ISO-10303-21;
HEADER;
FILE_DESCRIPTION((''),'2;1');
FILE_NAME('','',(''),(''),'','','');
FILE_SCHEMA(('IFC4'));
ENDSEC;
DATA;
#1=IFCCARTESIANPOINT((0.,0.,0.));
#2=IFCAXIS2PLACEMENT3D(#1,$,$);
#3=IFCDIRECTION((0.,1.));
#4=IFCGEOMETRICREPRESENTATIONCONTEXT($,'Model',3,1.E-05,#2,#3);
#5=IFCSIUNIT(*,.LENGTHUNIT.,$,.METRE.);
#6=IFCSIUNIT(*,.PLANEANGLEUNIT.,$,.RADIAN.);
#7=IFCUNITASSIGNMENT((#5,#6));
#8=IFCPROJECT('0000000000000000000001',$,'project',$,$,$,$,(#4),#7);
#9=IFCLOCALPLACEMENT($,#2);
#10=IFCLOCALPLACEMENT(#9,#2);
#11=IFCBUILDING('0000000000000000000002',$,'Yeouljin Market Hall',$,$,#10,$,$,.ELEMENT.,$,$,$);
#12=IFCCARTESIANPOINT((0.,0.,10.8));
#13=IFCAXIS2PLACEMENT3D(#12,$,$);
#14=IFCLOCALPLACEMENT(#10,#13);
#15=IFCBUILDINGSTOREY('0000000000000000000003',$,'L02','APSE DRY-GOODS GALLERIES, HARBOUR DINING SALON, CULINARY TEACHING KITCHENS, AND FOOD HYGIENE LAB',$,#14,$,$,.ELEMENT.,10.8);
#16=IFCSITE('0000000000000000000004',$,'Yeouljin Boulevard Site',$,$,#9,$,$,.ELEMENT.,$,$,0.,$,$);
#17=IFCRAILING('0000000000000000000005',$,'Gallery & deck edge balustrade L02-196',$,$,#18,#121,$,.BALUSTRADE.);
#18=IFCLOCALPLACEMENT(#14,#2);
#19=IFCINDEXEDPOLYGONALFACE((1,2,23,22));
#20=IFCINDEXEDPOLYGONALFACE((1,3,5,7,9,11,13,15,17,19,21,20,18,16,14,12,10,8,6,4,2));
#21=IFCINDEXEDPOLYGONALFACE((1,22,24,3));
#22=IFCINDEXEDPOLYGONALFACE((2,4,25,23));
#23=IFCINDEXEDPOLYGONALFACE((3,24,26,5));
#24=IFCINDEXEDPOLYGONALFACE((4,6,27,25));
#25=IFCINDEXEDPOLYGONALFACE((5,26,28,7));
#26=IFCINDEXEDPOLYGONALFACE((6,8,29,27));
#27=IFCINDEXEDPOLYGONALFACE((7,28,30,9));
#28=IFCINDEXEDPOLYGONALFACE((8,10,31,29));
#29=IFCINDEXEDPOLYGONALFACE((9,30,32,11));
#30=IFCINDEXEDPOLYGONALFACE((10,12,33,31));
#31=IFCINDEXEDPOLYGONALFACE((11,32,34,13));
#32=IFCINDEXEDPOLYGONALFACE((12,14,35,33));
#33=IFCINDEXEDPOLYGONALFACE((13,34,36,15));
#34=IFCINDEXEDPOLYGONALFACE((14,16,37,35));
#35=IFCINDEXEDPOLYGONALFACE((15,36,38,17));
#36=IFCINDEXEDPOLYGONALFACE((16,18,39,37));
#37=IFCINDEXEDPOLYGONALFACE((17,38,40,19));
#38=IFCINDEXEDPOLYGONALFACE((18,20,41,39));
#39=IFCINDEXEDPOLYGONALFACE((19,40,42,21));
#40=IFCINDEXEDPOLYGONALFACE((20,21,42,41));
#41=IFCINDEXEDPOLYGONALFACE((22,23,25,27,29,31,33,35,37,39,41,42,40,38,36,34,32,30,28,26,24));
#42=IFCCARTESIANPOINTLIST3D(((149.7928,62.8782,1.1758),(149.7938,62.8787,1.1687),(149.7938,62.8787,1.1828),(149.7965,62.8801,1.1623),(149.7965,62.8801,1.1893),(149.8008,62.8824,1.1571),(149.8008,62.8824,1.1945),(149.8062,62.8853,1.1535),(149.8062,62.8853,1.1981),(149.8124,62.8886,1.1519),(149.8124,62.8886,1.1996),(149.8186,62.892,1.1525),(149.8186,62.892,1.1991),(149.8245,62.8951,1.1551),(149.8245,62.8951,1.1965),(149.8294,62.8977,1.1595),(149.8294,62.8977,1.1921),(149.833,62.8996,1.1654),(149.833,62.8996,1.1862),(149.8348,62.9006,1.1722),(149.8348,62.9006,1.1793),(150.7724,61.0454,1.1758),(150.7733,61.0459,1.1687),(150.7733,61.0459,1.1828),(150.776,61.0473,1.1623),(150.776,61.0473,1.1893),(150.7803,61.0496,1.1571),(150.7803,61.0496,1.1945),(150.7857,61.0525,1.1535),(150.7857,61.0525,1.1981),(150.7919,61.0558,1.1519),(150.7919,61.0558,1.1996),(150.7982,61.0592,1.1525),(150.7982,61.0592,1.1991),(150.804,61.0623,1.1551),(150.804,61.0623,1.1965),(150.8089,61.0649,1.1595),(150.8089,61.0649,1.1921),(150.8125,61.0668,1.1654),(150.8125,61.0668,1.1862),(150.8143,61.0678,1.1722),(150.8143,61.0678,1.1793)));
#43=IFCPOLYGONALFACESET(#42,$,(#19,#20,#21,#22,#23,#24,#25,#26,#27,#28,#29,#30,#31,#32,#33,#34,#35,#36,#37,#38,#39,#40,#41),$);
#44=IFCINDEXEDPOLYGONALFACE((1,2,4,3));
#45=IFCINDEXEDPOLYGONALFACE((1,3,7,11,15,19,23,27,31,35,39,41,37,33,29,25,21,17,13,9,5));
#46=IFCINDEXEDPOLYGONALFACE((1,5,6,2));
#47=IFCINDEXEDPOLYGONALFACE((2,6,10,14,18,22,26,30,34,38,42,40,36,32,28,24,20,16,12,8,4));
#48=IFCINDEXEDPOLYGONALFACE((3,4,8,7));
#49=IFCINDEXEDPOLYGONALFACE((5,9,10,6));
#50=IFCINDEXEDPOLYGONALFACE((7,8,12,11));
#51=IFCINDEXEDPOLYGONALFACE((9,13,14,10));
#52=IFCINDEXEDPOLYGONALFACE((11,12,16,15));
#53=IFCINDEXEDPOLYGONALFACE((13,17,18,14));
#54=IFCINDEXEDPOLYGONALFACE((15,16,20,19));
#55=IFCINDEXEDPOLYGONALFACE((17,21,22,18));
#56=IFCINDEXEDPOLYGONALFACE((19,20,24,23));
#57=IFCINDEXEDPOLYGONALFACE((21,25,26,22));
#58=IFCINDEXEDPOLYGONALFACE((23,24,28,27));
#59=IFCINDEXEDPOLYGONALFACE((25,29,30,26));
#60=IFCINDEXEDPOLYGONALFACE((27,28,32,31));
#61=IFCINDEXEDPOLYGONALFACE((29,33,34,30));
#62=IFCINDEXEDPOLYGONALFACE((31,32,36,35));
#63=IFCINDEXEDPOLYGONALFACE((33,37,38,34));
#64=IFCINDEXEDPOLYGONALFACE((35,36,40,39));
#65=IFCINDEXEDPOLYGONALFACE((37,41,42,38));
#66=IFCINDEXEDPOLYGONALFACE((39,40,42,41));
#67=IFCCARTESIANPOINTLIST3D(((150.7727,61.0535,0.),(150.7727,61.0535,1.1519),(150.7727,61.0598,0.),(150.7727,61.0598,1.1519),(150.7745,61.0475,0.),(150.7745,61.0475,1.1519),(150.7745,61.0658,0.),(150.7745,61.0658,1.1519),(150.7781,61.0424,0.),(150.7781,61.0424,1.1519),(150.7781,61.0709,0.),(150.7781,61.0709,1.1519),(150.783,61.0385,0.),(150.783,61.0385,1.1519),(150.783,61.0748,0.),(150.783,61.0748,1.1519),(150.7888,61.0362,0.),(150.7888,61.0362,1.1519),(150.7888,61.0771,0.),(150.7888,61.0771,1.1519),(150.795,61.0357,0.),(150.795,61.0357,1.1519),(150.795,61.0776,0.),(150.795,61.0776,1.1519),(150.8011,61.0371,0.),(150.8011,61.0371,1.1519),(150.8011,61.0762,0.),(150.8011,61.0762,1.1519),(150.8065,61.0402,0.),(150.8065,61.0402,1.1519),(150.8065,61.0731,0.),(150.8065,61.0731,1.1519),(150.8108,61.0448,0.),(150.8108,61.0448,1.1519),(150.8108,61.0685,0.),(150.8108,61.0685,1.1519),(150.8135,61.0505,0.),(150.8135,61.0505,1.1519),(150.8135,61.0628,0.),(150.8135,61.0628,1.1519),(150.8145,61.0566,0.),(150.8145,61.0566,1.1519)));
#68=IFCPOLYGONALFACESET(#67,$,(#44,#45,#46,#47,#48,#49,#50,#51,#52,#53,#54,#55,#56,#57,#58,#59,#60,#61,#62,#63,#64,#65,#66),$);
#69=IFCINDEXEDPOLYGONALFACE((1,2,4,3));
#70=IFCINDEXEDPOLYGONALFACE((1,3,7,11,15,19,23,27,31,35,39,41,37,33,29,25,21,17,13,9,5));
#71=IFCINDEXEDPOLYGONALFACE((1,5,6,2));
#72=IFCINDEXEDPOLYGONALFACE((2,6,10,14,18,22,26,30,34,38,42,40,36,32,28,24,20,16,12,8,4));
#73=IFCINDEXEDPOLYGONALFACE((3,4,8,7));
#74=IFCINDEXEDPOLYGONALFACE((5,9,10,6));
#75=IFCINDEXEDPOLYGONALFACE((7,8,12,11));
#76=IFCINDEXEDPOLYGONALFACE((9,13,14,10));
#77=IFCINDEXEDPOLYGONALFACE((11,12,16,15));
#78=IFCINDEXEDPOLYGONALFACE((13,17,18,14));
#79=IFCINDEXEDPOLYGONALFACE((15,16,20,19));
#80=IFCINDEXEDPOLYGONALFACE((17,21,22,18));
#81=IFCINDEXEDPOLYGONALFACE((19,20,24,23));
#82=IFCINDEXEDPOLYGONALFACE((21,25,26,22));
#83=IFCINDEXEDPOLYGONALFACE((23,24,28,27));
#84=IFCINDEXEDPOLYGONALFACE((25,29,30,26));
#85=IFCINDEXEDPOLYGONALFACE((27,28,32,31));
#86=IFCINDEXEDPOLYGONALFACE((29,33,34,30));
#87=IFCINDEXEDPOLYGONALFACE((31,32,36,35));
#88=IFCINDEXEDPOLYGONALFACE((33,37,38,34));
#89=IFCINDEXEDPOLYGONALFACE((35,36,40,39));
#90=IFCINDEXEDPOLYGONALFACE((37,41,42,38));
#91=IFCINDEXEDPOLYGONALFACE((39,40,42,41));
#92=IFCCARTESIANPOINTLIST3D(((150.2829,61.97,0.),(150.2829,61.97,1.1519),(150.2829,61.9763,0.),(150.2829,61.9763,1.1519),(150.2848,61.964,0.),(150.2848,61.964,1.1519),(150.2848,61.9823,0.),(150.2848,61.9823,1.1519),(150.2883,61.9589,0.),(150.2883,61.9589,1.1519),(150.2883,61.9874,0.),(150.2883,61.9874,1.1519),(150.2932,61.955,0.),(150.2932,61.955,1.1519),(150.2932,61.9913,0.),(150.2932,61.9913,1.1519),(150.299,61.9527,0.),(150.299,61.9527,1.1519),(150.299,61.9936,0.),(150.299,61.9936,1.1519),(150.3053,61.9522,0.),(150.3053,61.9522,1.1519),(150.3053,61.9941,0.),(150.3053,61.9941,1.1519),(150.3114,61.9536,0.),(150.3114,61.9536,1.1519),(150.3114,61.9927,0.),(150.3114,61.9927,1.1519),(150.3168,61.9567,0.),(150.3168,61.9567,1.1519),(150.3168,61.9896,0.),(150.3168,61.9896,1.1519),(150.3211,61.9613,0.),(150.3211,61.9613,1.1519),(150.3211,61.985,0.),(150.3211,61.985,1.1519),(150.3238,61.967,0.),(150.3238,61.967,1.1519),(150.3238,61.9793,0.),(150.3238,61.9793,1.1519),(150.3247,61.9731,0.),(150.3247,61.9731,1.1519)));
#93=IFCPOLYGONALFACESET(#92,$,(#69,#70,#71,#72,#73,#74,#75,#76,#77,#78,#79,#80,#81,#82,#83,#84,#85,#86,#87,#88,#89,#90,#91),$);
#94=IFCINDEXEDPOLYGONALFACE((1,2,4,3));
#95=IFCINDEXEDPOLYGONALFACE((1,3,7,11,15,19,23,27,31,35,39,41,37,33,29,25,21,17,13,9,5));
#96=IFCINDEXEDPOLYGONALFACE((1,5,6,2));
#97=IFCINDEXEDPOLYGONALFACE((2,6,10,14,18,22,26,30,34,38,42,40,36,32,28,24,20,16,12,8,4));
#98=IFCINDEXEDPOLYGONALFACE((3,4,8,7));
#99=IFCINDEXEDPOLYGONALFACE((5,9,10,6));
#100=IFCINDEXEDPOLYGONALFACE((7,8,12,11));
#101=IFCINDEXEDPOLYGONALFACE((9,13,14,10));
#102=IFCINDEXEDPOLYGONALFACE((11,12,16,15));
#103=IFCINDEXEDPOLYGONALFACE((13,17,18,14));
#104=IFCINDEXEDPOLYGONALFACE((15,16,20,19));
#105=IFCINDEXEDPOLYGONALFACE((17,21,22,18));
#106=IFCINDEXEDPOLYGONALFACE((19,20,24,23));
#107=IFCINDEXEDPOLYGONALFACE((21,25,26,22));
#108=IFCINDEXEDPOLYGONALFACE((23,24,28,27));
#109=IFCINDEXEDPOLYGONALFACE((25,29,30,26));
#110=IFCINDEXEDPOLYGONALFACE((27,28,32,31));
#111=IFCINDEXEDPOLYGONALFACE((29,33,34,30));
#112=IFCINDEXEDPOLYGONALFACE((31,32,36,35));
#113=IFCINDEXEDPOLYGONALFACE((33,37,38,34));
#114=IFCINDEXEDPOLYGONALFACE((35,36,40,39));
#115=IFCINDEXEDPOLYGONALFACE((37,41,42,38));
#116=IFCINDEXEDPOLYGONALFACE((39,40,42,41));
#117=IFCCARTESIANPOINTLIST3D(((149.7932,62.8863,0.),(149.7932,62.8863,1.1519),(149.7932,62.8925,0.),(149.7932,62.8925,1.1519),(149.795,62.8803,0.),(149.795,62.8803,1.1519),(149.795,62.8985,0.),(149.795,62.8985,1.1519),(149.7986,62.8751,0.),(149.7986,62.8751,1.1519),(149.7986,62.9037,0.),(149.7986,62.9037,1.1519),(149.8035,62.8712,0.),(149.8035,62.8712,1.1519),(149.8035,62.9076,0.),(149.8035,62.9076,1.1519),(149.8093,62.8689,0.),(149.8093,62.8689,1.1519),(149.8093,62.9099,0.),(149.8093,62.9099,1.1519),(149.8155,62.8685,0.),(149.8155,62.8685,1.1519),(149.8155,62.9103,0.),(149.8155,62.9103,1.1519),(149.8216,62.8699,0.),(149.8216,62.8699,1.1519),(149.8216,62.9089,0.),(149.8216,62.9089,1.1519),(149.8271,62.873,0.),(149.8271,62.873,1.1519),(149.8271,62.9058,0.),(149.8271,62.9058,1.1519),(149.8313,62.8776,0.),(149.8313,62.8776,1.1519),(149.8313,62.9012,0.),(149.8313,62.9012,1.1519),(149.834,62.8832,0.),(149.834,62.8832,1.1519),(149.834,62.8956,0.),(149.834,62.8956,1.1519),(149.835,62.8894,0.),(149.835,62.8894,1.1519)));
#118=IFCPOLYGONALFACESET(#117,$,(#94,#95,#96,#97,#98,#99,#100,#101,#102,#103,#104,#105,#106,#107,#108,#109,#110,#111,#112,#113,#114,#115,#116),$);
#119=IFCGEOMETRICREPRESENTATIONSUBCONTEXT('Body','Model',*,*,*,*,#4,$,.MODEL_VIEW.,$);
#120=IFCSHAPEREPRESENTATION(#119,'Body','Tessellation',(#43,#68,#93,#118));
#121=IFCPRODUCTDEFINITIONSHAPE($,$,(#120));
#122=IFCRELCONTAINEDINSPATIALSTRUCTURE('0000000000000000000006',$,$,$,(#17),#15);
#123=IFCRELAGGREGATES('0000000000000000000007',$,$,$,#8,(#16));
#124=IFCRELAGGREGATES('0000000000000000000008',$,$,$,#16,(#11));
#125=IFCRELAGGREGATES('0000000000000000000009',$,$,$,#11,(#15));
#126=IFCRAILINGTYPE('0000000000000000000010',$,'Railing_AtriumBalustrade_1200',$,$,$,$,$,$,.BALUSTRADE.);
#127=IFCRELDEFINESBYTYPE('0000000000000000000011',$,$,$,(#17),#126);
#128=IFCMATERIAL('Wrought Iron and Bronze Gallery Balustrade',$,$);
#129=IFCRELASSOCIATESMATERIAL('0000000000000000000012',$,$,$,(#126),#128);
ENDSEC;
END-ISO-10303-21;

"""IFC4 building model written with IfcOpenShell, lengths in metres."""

from ifc_helpers import new_model, si_unit, direction, frame, origin, origin_2d, place, context, subcontext, project, spatial, circle, extrude, material, type_object, element, save


model = new_model("IFC4")

# Units and contexts
model_context = context("Model", 3, precision=1e-05, world=origin(), true_north=direction((0.0, 1.0)))
body_context = subcontext(model_context, "Body", "Model", "MODEL_VIEW")
ifc_project = project(units=[si_unit("LENGTHUNIT", "METRE"), si_unit("PLANEANGLEUNIT", "RADIAN")], contexts=[model_context])

# Site, building, storey
site_placement = place(None, origin())
site = spatial("IfcSite", under=ifc_project, at=site_placement, Name="Yeouljin Boulevard Site", CompositionType="ELEMENT", RefElevation=0.0)
building_placement = place(site_placement, origin())
building = spatial("IfcBuilding", under=site, at=building_placement, Name="Yeouljin Market Hall", CompositionType="ELEMENT")
storey_placement = place(building_placement, frame((0.0, 0.0, 10.8)))
storey = spatial("IfcBuildingStorey", under=building, at=storey_placement, Name="L02", Description="APSE DRY-GOODS GALLERIES, HARBOUR DINING SALON, CULINARY TEACHING KITCHENS, AND FOOD HYGIENE LAB", CompositionType="ELEMENT", Elevation=10.8)

# Railing
ifc_material_1 = material(Name="Wrought Iron and Bronze Gallery Balustrade")
railing_type = type_object("IfcRailingType", Name="Railing_AtriumBalustrade_1200", PredefinedType="BALUSTRADE", material=ifc_material_1)
railing_1_placement = place(storey_placement, frame((150.7935, 61.0566, 0.0)))
element("IfcRailing", 1, at=railing_1_placement, inside=storey, type_object=railing_type, Name="Gallery & deck edge balustrade L02-196", PredefinedType="BALUSTRADE", context=body_context, shape_type="SweptSolid", body=[
    extrude(circle(Radius=0.0239, at=origin_2d()), frame((0.0, 0.0, 1.1758), z_axis=(-0.471344, 0.881949, 0.0), x_axis=(-0.881949, -0.471344, 0.0)), (0.0, 0.0, 1.0), 2.0781),
    extrude(circle(Radius=0.021, at=origin_2d()), origin(), (0.0, 0.0, 1.0), 1.1519),
    extrude(circle(Radius=0.021, at=origin_2d()), frame((-0.4897, 0.9165, 0.0)), (0.0, 0.0, 1.0), 1.1519),
    extrude(circle(Radius=0.021, at=origin_2d()), frame((-0.9795, 1.8328, 0.0)), (0.0, 0.0, 1.0), 1.1519),
])

save(model, "model.ifc")
